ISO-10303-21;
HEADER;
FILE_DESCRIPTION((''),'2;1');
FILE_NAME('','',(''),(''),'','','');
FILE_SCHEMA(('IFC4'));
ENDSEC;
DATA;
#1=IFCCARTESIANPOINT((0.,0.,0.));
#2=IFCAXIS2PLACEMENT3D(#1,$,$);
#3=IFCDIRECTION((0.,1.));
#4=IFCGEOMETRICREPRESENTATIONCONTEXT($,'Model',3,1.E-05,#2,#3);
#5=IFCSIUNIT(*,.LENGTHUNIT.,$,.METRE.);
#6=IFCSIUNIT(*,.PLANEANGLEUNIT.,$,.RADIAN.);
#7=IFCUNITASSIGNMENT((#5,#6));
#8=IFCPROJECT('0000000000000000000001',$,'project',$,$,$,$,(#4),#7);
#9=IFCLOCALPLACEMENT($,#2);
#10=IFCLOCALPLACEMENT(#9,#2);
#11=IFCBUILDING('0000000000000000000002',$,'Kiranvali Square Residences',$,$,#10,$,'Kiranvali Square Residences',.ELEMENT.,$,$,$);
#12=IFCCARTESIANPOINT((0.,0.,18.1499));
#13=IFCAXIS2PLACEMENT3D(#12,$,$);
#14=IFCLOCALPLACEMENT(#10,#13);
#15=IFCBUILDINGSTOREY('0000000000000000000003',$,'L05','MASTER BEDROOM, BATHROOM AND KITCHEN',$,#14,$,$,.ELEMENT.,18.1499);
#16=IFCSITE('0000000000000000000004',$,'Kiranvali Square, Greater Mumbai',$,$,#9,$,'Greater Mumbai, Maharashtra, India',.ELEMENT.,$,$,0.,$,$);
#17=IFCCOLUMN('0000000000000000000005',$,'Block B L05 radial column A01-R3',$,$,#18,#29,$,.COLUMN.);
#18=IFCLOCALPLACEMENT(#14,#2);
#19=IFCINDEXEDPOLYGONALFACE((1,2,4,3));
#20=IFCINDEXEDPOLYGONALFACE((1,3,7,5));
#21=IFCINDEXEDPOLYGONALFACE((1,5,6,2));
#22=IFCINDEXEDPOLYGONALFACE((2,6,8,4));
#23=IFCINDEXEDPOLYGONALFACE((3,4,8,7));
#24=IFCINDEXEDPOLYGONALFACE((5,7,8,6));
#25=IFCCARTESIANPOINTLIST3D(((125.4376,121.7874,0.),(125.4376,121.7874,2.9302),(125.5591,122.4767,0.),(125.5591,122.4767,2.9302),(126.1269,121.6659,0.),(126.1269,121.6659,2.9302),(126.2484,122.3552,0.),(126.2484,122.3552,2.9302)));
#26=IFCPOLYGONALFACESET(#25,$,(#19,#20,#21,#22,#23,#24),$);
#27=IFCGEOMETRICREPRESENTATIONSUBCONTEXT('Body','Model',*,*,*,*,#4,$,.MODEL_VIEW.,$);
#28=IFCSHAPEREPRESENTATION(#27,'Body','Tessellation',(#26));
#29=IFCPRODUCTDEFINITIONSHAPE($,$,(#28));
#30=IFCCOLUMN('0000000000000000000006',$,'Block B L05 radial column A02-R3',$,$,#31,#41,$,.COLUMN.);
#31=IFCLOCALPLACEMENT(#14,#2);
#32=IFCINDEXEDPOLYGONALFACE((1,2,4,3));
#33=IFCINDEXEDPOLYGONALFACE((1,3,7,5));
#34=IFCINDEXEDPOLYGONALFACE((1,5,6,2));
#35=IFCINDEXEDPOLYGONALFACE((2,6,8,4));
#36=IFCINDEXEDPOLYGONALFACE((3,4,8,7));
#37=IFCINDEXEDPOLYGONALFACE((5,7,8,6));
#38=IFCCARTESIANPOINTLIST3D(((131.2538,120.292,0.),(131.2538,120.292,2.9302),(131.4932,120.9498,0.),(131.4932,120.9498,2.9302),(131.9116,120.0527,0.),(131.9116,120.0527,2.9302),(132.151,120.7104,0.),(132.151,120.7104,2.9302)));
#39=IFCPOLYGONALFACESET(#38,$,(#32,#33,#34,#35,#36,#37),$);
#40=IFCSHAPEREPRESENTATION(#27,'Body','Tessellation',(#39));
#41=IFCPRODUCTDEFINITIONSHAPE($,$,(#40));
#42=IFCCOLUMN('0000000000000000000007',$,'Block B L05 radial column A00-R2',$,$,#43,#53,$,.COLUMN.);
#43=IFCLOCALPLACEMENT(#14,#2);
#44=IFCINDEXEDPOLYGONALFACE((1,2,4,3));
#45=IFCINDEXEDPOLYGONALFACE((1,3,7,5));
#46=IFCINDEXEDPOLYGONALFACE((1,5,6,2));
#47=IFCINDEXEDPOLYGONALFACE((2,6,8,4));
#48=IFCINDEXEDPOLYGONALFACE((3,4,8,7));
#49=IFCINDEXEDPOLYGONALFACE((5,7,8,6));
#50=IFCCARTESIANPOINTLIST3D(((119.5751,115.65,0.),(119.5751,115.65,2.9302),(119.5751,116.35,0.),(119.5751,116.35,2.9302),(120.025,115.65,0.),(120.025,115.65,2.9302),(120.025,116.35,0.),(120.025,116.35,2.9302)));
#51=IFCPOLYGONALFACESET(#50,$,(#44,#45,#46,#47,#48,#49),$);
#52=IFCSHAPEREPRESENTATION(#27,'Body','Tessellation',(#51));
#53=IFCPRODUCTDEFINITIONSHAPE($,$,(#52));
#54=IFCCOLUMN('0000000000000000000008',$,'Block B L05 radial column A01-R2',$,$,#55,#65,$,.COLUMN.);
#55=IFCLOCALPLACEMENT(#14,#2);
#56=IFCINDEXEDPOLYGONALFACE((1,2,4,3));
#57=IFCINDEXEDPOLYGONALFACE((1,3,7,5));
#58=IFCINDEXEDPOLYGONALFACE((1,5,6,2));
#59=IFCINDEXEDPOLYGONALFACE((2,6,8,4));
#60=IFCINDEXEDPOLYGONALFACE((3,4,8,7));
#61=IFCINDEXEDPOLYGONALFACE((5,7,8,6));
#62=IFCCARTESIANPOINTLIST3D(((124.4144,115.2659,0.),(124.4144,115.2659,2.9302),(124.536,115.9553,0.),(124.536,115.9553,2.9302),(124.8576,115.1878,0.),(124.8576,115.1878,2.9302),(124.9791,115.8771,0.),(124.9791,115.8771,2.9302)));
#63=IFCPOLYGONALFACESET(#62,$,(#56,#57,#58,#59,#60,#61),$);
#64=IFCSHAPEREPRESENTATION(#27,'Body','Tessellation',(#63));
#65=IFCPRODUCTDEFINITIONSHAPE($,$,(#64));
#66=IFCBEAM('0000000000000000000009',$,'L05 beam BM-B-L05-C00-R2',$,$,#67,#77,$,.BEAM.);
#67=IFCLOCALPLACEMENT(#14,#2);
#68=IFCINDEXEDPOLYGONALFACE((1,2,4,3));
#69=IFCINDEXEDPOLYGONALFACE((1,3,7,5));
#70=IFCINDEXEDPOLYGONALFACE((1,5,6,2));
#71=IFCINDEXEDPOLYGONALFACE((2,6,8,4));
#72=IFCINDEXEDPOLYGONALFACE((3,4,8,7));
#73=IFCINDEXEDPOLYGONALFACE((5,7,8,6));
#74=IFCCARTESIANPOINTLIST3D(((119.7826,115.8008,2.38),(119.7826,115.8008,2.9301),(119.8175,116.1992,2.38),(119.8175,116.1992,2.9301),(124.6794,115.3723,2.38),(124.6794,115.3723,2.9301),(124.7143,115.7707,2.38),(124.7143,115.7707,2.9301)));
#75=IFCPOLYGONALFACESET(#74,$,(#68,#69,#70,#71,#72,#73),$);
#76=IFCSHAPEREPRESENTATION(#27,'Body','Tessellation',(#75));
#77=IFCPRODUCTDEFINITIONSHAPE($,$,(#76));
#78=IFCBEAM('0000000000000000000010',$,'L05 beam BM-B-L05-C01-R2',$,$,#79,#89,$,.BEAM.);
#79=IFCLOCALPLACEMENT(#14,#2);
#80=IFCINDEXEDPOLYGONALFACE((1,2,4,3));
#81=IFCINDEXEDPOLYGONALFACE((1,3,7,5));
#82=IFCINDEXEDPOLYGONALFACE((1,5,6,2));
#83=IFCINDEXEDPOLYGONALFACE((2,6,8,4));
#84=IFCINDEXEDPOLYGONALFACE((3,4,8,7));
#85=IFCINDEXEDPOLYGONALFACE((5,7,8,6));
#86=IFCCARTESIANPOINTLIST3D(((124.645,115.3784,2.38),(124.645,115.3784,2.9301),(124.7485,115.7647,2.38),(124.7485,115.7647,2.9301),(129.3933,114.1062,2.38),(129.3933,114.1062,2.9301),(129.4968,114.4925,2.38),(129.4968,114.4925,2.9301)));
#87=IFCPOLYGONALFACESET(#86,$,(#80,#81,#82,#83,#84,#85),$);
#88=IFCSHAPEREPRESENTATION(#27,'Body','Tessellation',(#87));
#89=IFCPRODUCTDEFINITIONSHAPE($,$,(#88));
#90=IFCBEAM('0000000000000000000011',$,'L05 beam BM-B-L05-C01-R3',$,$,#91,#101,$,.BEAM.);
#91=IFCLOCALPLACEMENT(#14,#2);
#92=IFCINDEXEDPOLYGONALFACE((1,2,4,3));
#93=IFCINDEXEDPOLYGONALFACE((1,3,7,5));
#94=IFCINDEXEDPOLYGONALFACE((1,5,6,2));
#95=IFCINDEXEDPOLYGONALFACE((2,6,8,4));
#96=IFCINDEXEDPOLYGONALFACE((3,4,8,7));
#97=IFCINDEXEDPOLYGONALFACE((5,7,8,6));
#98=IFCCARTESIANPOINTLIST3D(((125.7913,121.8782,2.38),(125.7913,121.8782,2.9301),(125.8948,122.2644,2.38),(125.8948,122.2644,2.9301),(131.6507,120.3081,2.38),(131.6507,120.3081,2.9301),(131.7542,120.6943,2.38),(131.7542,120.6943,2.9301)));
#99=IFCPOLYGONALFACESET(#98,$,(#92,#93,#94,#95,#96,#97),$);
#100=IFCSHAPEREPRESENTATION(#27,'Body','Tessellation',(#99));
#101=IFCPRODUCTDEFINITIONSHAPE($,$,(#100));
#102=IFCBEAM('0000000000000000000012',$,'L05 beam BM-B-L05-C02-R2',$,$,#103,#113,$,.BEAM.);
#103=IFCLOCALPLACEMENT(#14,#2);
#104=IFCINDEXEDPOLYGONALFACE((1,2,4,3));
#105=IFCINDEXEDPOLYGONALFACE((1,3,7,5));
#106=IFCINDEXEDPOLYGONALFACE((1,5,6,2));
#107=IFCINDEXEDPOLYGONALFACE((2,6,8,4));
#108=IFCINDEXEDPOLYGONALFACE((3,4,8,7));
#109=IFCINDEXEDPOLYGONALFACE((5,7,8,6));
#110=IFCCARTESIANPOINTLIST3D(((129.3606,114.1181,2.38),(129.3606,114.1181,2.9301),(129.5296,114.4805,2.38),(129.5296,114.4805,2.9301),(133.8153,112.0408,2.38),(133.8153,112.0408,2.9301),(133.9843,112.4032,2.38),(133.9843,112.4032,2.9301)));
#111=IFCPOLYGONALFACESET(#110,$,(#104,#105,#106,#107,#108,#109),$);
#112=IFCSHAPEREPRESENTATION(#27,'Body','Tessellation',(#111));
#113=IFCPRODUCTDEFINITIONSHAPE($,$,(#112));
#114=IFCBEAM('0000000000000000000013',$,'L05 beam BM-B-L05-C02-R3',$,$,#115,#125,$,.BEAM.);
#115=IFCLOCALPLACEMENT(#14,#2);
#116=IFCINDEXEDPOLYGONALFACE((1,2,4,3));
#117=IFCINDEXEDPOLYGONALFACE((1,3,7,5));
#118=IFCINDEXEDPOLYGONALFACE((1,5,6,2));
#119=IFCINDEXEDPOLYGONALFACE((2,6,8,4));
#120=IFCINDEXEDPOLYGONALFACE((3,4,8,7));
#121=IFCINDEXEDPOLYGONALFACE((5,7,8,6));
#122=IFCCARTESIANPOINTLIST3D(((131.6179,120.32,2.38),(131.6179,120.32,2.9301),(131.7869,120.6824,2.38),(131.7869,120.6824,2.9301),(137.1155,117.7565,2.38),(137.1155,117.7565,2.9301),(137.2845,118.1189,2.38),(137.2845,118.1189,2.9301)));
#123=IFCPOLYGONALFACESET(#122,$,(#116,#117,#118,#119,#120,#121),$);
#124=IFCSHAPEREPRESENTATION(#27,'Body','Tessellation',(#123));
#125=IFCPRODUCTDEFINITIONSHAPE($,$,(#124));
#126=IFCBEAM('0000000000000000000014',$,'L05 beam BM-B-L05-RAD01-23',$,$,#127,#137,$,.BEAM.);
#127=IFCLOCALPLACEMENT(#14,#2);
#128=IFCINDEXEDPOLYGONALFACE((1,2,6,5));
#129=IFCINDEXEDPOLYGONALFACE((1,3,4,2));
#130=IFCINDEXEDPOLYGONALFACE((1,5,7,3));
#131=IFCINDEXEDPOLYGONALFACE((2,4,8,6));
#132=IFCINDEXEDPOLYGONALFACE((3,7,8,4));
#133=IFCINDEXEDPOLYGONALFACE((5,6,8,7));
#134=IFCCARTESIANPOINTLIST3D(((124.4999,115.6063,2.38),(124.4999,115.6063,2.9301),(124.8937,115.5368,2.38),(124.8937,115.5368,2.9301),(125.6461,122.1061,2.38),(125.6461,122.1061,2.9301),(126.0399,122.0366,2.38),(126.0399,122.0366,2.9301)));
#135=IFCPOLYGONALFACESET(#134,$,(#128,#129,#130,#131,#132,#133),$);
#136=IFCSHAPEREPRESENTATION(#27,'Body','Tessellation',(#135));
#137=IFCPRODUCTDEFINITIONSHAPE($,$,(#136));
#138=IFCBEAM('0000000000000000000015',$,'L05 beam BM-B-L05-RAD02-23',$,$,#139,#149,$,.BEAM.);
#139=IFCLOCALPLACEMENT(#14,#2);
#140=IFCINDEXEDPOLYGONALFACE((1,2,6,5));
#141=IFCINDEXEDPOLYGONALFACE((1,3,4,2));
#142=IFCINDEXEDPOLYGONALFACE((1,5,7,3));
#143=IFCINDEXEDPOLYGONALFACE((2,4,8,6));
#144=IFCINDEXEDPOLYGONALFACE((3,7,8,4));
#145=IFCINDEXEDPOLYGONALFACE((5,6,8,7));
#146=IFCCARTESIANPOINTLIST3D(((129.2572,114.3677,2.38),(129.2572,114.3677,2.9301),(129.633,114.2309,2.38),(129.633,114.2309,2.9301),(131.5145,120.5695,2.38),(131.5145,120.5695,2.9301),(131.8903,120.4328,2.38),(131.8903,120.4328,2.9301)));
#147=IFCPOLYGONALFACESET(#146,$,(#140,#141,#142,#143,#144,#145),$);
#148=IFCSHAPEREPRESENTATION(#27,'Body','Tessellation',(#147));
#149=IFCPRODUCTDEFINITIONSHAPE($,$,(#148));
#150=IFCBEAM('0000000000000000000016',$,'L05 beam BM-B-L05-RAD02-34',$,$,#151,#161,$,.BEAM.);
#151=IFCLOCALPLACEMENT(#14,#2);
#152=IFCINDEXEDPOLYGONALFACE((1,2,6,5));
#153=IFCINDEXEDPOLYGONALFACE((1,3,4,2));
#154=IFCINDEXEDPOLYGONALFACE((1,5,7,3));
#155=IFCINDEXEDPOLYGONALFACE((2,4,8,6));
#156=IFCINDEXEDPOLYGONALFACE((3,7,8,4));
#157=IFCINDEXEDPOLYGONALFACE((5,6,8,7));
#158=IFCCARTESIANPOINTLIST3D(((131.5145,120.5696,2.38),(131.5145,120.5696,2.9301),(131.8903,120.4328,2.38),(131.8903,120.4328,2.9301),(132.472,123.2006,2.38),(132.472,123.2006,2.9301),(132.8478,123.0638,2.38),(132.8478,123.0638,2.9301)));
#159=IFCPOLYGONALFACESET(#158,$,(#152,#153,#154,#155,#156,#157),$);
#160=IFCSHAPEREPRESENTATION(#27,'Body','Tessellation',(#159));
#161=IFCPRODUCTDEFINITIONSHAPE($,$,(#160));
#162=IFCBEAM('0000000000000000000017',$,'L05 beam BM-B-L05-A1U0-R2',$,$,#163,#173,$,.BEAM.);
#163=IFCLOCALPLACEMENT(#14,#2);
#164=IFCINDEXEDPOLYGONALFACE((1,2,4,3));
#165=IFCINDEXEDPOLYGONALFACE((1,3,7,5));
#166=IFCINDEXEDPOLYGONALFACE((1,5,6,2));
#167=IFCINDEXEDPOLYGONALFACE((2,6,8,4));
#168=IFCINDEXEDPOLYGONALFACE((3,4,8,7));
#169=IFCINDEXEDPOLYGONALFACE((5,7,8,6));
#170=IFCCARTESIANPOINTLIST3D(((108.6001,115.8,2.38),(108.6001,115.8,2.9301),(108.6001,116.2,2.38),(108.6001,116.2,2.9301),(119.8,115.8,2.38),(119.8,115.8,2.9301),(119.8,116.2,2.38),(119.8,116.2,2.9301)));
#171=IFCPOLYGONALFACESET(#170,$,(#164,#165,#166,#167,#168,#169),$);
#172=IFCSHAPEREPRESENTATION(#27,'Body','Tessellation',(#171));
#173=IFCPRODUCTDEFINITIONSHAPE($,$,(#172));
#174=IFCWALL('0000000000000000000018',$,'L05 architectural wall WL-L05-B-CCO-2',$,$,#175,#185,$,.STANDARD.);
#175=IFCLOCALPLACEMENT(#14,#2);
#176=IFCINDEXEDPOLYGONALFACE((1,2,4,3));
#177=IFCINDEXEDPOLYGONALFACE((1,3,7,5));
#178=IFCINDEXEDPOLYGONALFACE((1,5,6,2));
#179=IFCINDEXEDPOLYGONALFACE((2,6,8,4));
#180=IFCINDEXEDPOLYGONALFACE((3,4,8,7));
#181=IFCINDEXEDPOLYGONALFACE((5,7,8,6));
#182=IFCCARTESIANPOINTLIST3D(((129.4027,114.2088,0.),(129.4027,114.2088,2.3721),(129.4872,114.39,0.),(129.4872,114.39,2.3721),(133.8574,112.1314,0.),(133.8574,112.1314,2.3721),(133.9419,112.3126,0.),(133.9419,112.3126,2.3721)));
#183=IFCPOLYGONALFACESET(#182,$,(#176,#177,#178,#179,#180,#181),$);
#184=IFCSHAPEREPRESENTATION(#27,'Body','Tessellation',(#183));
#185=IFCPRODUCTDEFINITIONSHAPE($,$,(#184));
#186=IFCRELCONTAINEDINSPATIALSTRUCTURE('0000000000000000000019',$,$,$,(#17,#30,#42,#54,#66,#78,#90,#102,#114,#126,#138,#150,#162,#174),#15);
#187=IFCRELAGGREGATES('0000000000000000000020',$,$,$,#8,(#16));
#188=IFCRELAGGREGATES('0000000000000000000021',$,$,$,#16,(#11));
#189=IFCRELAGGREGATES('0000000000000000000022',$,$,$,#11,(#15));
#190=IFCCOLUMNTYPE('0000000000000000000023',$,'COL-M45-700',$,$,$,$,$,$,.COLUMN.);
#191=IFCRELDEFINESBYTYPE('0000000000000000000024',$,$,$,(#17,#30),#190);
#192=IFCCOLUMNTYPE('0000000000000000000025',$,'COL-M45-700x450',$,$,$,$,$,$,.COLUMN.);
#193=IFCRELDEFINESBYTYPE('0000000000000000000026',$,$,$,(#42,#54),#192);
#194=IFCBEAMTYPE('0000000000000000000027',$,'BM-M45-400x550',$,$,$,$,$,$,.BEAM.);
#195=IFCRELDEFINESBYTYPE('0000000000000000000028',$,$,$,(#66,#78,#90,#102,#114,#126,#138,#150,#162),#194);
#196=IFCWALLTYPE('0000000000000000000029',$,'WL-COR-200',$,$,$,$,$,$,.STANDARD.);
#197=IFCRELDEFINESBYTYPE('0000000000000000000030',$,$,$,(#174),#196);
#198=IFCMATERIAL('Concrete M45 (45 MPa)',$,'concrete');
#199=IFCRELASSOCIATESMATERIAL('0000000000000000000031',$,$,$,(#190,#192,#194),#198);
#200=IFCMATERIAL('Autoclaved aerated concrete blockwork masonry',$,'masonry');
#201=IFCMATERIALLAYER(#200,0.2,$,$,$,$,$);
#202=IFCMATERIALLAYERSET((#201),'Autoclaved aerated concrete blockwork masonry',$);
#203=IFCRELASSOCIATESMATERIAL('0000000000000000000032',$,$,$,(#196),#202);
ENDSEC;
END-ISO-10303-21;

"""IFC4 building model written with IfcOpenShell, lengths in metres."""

from ifc_helpers import new_model, si_unit, direction, frame, frame_2d, origin, origin_2d, place, context, subcontext, project, spatial, rectangle, extrude, material, layer, layer_set, material_profile, profile_set, type_object, element, save


model = new_model("IFC4")

# Units and contexts
model_context = context("Model", 3, precision=1e-05, world=origin(), true_north=direction((0.0, 1.0)))
body_context = subcontext(model_context, "Body", "Model", "MODEL_VIEW")
ifc_project = project(units=[si_unit("LENGTHUNIT", "METRE"), si_unit("PLANEANGLEUNIT", "RADIAN")], contexts=[model_context])

# Site, building, storey
site_placement = place(None, origin())
site = spatial("IfcSite", under=ifc_project, at=site_placement, Name="Kiranvali Square, Greater Mumbai", LongName="Greater Mumbai, Maharashtra, India", CompositionType="ELEMENT", RefElevation=0.0)
building_placement = place(site_placement, origin())
building = spatial("IfcBuilding", under=site, at=building_placement, Name="Kiranvali Square Residences", LongName="Kiranvali Square Residences", CompositionType="ELEMENT")
storey_placement = place(building_placement, frame((0.0, 0.0, 18.1499)))
storey = spatial("IfcBuildingStorey", under=building, at=storey_placement, Name="L05", Description="MASTER BEDROOM, BATHROOM AND KITCHEN", CompositionType="ELEMENT", Elevation=18.1499)

# Columns
ifc_material_1 = material(Name="Concrete M45 (45 MPa)", Category="concrete")
ifc_material_profile_1 = material_profile(ifc_material_1, rectangle(XDim=0.7, YDim=0.7, at=origin_2d()), Name="RC 700x700")
ifc_profile_set_1 = profile_set([ifc_material_profile_1], Name="Concrete M45 (45 MPa)")
column_type_1 = type_object("IfcColumnType", Name="COL-M45-700", PredefinedType="COLUMN", material=ifc_profile_set_1)
for number, where, z_axis, x_axis, name in (
    (1, (125.843, 122.0713, 0.0), (0.0, 0.0, 1.0), (-0.984808, 0.173648, 0.0), "Block B L05 radial column A01-R3"),
    (2, (131.7024, 120.5012, 0.0), (0.0, 0.0, 1.0), (-0.939693, 0.34202, 0.0), "Block B L05 radial column A02-R3"),
):
    element("IfcColumn", number, at=place(storey_placement, frame(where, z_axis=z_axis, x_axis=x_axis)), inside=storey, type_object=column_type_1, Name=name, PredefinedType="COLUMN", context=body_context, shape_type="SweptSolid", body=[
        extrude(rectangle(XDim=0.7, YDim=0.7, at=origin_2d()), origin(), (0.0, 0.0, 1.0), 2.9302),
    ])
ifc_material_profile_2 = material_profile(ifc_material_1, rectangle(XDim=0.45, YDim=0.7, at=origin_2d()), Name="RC 700x450")
ifc_profile_set_2 = profile_set([ifc_material_profile_2], Name="Concrete M45 (45 MPa)")
column_type_2 = type_object("IfcColumnType", Name="COL-M45-700x450", PredefinedType="COLUMN", material=ifc_profile_set_2)
for number, where, z_axis, x_axis, name in (
    (3, (119.8, 116.0, 0.0), (0.0, 0.0, 1.0), (1.0, 0.0, 0.0), "Block B L05 radial column A00-R2"),
    (4, (124.6968, 115.5715, 0.0), (0.0, 0.0, 1.0), (-0.984808, 0.173648, 0.0), "Block B L05 radial column A01-R2"),
):
    element("IfcColumn", number, at=place(storey_placement, frame(where, z_axis=z_axis, x_axis=x_axis)), inside=storey, type_object=column_type_2, Name=name, PredefinedType="COLUMN", context=body_context, shape_type="SweptSolid", body=[
        extrude(rectangle(XDim=0.45, YDim=0.7, at=origin_2d()), origin(), (0.0, 0.0, 1.0), 2.9302),
    ])

# Beams
ifc_material_profile_3 = material_profile(ifc_material_1, rectangle(XDim=0.3999, YDim=0.55, at=origin_2d()), Name="RC 400x550")
ifc_profile_set_3 = profile_set([ifc_material_profile_3], Name="Concrete M45 (45 MPa)")
beam_type = type_object("IfcBeamType", Name="BM-M45-400x550", PredefinedType="BEAM", material=ifc_profile_set_3)
beam_1_placement = place(storey_placement, frame((119.8, 116.0, 2.655), z_axis=(0.996194, -0.087168, 0.0), x_axis=(0.087168, 0.996194, 0.0)))
element("IfcBeam", 5, at=beam_1_placement, inside=storey, type_object=beam_type, Name="L05 beam BM-B-L05-C00-R2", PredefinedType="BEAM", context=body_context, shape_type="SweptSolid", body=[
    extrude(rectangle(XDim=0.3999, YDim=0.55, at=origin_2d()), origin(), (0.0, 0.0, 1.0), 4.9155),
])
beam_2_placement = place(storey_placement, frame((124.6968, 115.5715, 2.655), z_axis=(0.96593, -0.258803, 0.0), x_axis=(0.258803, 0.96593, 0.0)))
element("IfcBeam", 6, at=beam_2_placement, inside=storey, type_object=beam_type, Name="L05 beam BM-B-L05-C01-R2", PredefinedType="BEAM", context=body_context, shape_type="SweptSolid", body=[
    extrude(rectangle(XDim=0.3999, YDim=0.55, at=origin_2d()), origin(), (0.0, 0.0, 1.0), 4.9158),
])
beam_3_placement = place(storey_placement, frame((125.843, 122.0713, 2.655), z_axis=(0.965924, -0.258827, 0.0), x_axis=(0.258827, 0.965924, 0.0)))
element("IfcBeam", 7, at=beam_3_placement, inside=storey, type_object=beam_type, Name="L05 beam BM-B-L05-C01-R3", PredefinedType="BEAM", context=body_context, shape_type="SweptSolid", body=[
    extrude(rectangle(XDim=0.3999, YDim=0.55, at=origin_2d()), origin(), (0.0, 0.0, 1.0), 6.0662),
])
beam_4_placement = place(storey_placement, frame((129.4451, 114.2993, 2.655), z_axis=(0.906302, -0.42263, 0.0), x_axis=(0.42263, 0.906302, 0.0)))
element("IfcBeam", 8, at=beam_4_placement, inside=storey, type_object=beam_type, Name="L05 beam BM-B-L05-C02-R2", PredefinedType="BEAM", context=body_context, shape_type="SweptSolid", body=[
    extrude(rectangle(XDim=0.3999, YDim=0.55, at=origin_2d()), origin(), (0.0, 0.0, 1.0), 4.9153),
])
beam_5_placement = place(storey_placement, frame((131.7024, 120.5012, 2.655), z_axis=(0.906313, -0.422608, 0.0), x_axis=(0.422608, 0.906313, 0.0)))
element("IfcBeam", 9, at=beam_5_placement, inside=storey, type_object=beam_type, Name="L05 beam BM-B-L05-C02-R3", PredefinedType="BEAM", context=body_context, shape_type="SweptSolid", body=[
    extrude(rectangle(XDim=0.3999, YDim=0.55, at=origin_2d()), origin(), (0.0, 0.0, 1.0), 6.0659),
])
beam_6_placement = place(storey_placement, frame((124.6968, 115.5715, 2.655), z_axis=(0.173671, 0.984804, 0.0), x_axis=(-0.984804, 0.173671, 0.0)))
element("IfcBeam", 10, at=beam_6_placement, inside=storey, type_object=beam_type, Name="L05 beam BM-B-L05-RAD01-23", PredefinedType="BEAM", context=body_context, shape_type="SweptSolid", body=[
    extrude(rectangle(XDim=0.3999, YDim=0.55, at=origin_2d()), origin(), (0.0, 0.0, 1.0), 6.6001),
])
beam_7_placement = place(storey_placement, frame((129.4451, 114.2993, 2.655), z_axis=(0.342022, 0.939692, 0.0), x_axis=(-0.939692, 0.342022, 0.0)))
element("IfcBeam", 11, at=beam_7_placement, inside=storey, type_object=beam_type, Name="L05 beam BM-B-L05-RAD02-23", PredefinedType="BEAM", context=body_context, shape_type="SweptSolid", body=[
    extrude(rectangle(XDim=0.3999, YDim=0.55, at=origin_2d()), origin(), (0.0, 0.0, 1.0), 6.5999),
])
beam_8_placement = place(storey_placement, frame((131.7024, 120.5012, 2.655), z_axis=(0.341981, 0.939707, 0.0), x_axis=(-0.939707, 0.341981, 0.0)))
element("IfcBeam", 12, at=beam_8_placement, inside=storey, type_object=beam_type, Name="L05 beam BM-B-L05-RAD02-34", PredefinedType="BEAM", context=body_context, shape_type="SweptSolid", body=[
    extrude(rectangle(XDim=0.3999, YDim=0.55, at=origin_2d()), origin(), (0.0, 0.0, 1.0), 2.7998),
])
beam_9_placement = place(storey_placement, frame((119.8, 116.0, 2.655), z_axis=(-1.0, 0.0, 0.0), x_axis=(0.0, -1.0, 0.0)))
element("IfcBeam", 13, at=beam_9_placement, inside=storey, type_object=beam_type, Name="L05 beam BM-B-L05-A1U0-R2", PredefinedType="BEAM", context=body_context, shape_type="SweptSolid", body=[
    extrude(rectangle(XDim=0.3999, YDim=0.55, at=origin_2d()), origin(), (0.0, 0.0, 1.0), 11.2),
])

# Shared definitions
ifc_material_2 = material(Name="Autoclaved aerated concrete blockwork masonry", Category="masonry")
ifc_layer_1 = layer(ifc_material_2, 0.2)
ifc_layer_set_1 = layer_set([ifc_layer_1], Name="Autoclaved aerated concrete blockwork masonry")
wall_type_1 = type_object("IfcWallType", Name="WL-COR-200", PredefinedType="STANDARD", material=ifc_layer_set_1)

# Wall
wall_1_placement = place(storey_placement, frame((129.4451, 114.2993, 0.0), z_axis=(0.0, 0.0, 1.0), x_axis=(0.906302, -0.42263, 0.0)))
element("IfcWall", 14, at=wall_1_placement, inside=storey, type_object=wall_type_1, Name="L05 architectural wall WL-L05-B-CCO-2", PredefinedType="STANDARD", context=body_context, shape_type="SweptSolid", body=[
    extrude(rectangle(XDim=4.9153, YDim=0.2, at=frame_2d((2.4575, 0.0))), origin(), (0.0, 0.0, 1.0), 2.3721),
])

save(model, "model.ifc")
